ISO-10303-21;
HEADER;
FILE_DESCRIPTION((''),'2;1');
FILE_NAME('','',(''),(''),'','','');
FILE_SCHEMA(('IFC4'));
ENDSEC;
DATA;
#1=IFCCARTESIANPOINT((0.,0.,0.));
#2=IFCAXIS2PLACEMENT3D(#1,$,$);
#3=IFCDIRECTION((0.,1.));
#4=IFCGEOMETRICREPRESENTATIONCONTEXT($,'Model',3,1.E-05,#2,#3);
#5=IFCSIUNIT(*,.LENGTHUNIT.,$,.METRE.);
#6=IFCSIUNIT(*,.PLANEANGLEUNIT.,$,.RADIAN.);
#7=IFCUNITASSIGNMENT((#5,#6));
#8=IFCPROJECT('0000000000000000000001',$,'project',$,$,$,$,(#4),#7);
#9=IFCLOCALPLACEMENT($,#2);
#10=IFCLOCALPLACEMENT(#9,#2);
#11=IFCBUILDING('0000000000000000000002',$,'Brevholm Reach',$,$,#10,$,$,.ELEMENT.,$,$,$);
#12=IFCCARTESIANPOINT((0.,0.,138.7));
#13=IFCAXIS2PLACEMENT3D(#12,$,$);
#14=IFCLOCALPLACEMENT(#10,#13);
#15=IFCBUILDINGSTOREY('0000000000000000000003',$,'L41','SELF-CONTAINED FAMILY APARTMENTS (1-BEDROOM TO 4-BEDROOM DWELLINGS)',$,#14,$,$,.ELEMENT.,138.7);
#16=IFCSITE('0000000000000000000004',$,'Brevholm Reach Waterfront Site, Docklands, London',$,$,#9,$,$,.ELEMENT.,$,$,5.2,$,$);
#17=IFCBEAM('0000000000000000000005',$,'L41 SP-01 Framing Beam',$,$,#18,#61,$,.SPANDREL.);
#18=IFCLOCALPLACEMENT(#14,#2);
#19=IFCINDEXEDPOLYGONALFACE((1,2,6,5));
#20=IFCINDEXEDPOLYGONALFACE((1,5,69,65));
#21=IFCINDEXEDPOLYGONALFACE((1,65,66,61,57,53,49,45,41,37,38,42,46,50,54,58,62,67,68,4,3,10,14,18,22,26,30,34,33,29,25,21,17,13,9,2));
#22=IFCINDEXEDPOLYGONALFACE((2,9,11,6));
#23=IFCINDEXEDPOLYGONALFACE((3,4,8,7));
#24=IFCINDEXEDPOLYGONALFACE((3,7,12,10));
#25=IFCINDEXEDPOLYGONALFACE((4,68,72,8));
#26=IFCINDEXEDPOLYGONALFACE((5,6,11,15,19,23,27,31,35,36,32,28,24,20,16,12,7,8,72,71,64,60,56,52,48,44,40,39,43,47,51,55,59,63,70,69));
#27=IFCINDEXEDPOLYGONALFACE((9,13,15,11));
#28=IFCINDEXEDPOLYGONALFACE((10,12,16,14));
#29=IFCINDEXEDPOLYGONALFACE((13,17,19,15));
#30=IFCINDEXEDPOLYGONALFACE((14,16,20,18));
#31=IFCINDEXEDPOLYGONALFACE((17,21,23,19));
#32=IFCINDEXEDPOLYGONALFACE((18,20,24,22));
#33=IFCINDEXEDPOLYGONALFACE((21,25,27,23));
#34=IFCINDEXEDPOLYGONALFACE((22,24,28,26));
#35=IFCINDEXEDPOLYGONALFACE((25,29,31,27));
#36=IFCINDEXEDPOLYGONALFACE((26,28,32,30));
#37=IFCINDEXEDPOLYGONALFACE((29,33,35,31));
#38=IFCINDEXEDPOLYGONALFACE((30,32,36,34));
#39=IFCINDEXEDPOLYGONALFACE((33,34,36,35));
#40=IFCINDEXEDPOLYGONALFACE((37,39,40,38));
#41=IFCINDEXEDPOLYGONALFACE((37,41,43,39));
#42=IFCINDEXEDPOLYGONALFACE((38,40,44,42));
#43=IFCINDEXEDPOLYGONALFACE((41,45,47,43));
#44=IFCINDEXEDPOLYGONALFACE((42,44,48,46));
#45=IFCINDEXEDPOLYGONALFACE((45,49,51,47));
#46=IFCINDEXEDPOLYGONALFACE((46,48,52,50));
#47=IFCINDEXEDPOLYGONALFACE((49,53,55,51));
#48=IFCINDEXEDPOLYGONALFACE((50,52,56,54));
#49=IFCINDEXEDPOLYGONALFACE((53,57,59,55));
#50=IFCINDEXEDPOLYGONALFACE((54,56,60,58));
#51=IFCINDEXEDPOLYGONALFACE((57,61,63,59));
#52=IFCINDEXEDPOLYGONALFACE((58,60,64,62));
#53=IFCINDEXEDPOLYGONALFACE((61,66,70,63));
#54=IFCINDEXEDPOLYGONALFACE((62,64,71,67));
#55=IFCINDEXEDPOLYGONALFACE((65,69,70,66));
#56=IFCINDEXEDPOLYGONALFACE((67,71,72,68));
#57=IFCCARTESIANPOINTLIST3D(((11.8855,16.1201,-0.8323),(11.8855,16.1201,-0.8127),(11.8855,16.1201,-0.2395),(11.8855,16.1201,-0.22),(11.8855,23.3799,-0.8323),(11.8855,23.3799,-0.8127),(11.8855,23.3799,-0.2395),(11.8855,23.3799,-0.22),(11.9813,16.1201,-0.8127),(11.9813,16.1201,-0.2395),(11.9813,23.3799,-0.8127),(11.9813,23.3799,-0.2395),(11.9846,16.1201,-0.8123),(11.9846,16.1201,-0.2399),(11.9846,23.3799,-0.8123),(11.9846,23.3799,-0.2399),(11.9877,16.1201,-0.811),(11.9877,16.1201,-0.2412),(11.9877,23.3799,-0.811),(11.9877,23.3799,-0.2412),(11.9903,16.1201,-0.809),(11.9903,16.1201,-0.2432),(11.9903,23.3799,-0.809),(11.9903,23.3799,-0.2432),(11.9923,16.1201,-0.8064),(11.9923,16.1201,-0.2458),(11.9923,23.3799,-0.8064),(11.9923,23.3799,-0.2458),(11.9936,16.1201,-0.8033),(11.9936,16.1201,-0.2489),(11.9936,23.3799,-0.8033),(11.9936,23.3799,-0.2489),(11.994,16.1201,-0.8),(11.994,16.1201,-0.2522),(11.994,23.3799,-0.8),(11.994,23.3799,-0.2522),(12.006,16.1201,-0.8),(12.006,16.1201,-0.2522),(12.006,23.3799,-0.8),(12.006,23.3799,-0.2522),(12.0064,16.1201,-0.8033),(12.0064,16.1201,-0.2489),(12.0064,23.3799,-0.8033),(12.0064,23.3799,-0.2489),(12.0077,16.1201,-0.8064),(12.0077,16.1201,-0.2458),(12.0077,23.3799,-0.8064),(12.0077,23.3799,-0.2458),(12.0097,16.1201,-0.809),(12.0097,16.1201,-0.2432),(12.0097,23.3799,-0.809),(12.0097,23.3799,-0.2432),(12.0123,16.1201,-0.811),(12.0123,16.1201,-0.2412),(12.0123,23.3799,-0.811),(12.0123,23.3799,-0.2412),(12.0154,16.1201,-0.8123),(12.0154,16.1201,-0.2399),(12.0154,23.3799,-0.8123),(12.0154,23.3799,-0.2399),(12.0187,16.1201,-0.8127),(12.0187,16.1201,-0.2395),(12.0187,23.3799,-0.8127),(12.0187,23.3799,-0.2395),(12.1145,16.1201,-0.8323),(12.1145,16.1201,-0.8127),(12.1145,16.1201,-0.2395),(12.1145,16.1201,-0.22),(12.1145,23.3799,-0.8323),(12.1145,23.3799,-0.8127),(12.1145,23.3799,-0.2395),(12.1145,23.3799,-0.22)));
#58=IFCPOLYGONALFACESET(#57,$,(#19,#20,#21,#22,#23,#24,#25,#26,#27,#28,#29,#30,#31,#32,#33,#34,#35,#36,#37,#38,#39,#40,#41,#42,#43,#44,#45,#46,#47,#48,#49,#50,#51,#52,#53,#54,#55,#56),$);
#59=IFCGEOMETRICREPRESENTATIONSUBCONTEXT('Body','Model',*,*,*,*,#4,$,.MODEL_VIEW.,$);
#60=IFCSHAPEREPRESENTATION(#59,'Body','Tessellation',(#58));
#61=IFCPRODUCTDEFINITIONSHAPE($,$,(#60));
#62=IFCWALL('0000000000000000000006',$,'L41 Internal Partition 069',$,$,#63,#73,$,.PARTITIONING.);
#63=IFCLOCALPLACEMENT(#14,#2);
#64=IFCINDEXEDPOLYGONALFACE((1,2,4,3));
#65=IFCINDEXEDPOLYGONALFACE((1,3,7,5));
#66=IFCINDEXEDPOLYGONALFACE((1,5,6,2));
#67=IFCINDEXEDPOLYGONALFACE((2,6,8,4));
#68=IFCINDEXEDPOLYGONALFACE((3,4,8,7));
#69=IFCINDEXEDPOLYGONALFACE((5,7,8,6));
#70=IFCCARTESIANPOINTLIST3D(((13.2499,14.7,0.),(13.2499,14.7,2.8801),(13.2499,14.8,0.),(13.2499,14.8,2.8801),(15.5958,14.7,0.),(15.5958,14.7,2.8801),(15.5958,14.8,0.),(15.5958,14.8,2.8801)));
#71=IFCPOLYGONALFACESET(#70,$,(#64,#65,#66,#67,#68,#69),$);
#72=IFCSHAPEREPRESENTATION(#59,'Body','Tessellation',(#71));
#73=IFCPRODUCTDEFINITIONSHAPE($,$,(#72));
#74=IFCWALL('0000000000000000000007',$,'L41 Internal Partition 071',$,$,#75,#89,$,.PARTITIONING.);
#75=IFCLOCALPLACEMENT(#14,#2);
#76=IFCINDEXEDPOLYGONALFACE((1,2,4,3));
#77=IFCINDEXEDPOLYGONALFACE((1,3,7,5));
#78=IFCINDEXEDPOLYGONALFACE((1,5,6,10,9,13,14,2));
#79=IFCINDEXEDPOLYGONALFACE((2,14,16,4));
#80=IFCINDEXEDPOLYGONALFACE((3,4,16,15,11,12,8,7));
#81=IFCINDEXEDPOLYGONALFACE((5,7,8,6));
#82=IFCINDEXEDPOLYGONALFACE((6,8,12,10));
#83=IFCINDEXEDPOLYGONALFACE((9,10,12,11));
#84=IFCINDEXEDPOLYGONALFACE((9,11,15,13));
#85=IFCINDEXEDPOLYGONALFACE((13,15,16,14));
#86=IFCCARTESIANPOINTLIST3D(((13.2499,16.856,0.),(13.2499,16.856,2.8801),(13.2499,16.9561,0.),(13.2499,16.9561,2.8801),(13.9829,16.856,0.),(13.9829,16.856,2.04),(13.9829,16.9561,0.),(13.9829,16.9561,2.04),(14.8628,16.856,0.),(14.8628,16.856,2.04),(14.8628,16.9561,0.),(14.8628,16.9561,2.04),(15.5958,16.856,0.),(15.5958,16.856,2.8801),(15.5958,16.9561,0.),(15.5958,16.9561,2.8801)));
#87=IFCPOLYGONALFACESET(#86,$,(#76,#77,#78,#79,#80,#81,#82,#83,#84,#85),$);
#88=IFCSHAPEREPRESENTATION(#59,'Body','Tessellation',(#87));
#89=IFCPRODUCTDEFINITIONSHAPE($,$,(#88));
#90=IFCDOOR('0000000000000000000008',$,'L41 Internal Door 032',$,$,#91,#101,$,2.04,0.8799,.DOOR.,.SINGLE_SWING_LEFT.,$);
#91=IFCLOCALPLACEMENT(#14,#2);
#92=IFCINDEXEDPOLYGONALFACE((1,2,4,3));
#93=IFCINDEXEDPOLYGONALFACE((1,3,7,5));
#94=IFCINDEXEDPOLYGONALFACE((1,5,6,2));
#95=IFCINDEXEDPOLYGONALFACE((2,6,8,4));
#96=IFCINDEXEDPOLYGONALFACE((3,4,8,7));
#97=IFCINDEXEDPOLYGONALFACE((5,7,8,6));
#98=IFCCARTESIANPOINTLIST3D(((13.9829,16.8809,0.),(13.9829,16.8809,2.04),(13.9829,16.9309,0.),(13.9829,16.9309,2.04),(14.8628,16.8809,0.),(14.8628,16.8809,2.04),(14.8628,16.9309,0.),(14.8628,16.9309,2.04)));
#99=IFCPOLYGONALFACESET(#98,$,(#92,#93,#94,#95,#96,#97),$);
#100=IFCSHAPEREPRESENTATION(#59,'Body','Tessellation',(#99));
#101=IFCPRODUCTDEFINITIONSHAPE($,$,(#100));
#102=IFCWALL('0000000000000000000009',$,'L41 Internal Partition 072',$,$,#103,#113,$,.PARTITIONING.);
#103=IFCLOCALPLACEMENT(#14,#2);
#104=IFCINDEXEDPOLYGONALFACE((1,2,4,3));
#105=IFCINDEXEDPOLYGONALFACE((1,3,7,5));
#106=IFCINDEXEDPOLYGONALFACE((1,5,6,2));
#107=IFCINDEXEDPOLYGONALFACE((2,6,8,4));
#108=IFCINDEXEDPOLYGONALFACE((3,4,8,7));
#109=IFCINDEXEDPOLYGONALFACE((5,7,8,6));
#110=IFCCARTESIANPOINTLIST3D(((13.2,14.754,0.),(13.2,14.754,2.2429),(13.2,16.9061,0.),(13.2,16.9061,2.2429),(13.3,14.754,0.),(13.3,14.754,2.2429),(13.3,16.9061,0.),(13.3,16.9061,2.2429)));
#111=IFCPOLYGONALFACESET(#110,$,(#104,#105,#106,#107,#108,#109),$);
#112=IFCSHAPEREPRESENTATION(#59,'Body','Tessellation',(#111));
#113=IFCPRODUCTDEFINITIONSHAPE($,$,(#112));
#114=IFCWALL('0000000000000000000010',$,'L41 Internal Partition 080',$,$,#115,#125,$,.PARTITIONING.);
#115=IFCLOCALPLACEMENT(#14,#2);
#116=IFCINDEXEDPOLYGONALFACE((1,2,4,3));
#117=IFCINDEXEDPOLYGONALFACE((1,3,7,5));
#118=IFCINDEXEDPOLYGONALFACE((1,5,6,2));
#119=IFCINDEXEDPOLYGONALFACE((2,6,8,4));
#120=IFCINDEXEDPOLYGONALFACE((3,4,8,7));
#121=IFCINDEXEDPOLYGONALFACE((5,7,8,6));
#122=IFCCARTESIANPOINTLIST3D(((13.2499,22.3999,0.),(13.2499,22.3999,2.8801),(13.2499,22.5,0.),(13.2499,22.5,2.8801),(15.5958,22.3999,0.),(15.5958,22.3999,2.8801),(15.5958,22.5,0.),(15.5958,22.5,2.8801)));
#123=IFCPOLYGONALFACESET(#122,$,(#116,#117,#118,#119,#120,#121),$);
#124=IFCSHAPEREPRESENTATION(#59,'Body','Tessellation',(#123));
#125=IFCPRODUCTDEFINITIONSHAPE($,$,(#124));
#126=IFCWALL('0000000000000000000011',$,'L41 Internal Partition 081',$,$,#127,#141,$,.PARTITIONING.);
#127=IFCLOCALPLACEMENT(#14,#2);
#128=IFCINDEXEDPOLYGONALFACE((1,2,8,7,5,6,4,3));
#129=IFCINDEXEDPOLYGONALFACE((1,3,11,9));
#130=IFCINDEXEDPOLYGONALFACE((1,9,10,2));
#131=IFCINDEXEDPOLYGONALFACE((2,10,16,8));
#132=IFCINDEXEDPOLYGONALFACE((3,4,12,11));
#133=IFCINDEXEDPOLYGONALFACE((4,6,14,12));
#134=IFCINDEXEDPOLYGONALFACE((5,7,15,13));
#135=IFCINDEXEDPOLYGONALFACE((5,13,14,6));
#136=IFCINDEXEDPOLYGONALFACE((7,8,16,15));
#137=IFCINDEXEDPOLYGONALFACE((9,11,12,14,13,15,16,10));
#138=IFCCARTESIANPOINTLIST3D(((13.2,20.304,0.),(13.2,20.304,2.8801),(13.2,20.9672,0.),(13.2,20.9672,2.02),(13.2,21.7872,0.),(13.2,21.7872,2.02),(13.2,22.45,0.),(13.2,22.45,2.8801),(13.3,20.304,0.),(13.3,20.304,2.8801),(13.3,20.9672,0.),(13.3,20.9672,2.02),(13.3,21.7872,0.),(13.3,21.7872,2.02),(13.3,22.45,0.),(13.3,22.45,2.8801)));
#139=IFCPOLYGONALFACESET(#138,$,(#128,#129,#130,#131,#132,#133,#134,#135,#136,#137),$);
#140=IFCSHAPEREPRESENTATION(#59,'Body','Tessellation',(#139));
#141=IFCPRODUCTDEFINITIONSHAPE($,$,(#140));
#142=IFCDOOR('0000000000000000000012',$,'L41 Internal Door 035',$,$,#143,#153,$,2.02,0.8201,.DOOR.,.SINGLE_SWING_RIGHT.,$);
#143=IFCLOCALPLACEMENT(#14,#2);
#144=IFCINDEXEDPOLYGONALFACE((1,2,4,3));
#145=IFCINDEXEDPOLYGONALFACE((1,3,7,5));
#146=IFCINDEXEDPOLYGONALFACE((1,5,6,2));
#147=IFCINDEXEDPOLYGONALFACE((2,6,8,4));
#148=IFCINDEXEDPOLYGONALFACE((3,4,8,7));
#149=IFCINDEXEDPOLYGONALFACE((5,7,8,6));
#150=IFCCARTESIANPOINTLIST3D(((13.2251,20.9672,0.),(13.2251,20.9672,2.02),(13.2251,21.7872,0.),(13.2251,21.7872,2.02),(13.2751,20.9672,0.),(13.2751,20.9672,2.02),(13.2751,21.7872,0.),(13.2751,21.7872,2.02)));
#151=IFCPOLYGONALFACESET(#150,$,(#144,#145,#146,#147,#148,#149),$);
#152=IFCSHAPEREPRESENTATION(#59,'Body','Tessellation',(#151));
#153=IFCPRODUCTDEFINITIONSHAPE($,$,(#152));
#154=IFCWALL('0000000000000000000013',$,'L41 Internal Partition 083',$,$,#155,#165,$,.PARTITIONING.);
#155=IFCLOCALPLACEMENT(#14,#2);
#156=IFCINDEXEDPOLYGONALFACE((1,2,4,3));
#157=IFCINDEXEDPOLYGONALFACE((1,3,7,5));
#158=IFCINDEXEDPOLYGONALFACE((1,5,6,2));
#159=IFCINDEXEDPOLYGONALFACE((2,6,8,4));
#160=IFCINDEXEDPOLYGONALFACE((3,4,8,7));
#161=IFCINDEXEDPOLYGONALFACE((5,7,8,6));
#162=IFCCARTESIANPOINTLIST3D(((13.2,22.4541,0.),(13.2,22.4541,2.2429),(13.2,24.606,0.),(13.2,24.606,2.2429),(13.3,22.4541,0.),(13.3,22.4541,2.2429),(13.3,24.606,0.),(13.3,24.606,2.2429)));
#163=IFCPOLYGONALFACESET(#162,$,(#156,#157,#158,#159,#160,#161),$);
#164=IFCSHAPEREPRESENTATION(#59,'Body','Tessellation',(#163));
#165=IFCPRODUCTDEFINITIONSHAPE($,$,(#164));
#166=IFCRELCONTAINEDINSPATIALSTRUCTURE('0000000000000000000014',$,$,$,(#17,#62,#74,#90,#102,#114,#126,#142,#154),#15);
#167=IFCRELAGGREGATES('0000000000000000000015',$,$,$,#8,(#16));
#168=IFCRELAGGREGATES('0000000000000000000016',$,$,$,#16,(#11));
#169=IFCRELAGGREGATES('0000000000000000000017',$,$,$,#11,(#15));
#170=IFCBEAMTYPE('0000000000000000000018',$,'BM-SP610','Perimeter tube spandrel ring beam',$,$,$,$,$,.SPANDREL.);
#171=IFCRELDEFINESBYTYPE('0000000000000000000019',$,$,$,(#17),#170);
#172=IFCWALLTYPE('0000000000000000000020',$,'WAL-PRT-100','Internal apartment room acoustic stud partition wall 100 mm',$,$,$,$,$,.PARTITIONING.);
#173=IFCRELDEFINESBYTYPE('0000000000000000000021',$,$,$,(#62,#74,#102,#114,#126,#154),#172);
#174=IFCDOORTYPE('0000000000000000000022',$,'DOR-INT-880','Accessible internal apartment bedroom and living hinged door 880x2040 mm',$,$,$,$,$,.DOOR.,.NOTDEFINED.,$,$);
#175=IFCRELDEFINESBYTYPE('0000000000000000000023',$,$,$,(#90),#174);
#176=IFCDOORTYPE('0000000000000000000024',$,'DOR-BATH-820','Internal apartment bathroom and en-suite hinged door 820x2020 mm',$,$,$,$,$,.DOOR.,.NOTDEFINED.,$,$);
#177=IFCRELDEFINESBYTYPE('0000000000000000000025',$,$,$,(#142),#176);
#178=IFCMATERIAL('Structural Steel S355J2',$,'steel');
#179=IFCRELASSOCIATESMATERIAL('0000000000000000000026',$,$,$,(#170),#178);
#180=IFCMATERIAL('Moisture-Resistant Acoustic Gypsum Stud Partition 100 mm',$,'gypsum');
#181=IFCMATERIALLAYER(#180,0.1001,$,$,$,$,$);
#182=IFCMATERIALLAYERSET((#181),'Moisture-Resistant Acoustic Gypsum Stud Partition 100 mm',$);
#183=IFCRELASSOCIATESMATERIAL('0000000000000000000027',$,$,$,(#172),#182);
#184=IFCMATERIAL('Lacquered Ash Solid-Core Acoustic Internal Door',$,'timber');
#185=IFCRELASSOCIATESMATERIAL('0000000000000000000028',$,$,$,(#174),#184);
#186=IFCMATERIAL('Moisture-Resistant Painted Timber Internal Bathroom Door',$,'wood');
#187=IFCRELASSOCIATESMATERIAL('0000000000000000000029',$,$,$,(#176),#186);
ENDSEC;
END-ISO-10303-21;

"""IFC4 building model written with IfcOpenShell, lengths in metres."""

from ifc_helpers import new_model, si_unit, direction, frame, frame_2d, origin, origin_2d, place, context, subcontext, project, spatial, rectangle, i_section, extrude, material, layer, layer_set, material_profile, profile_set, type_object, element, fill, save


model = new_model("IFC4")

# Units and contexts
model_context = context("Model", 3, precision=1e-05, world=origin(), true_north=direction((0.0, 1.0)))
body_context = subcontext(model_context, "Body", "Model", "MODEL_VIEW")
ifc_project = project(units=[si_unit("LENGTHUNIT", "METRE"), si_unit("PLANEANGLEUNIT", "RADIAN")], contexts=[model_context])

# Site, building, storey
site_placement = place(None, origin())
site = spatial("IfcSite", under=ifc_project, at=site_placement, Name="Brevholm Reach Waterfront Site, Docklands, London", CompositionType="ELEMENT", RefElevation=5.2)
building_placement = place(site_placement, origin())
building = spatial("IfcBuilding", under=site, at=building_placement, Name="Brevholm Reach", CompositionType="ELEMENT")
storey_placement = place(building_placement, frame((0.0, 0.0, 138.7)))
storey = spatial("IfcBuildingStorey", under=building, at=storey_placement, Name="L41", Description="SELF-CONTAINED FAMILY APARTMENTS (1-BEDROOM TO 4-BEDROOM DWELLINGS)", CompositionType="ELEMENT", Elevation=138.7)

# Beam
ifc_material_1 = material(Name="Structural Steel S355J2", Category="steel")
ifc_material_profile_1 = material_profile(ifc_material_1, i_section(OverallWidth=0.229, OverallDepth=0.6123, WebThickness=0.012, FlangeThickness=0.0195, FilletRadius=0.0127, at=origin_2d()), Name="UKB 610x229x125")
ifc_profile_set_1 = profile_set([ifc_material_profile_1], Name="Structural Steel S355J2")
beam_type_1 = type_object("IfcBeamType", Name="BM-SP610", Description="Perimeter tube spandrel ring beam", PredefinedType="SPANDREL", material=ifc_profile_set_1)
beam_1_placement = place(storey_placement, frame((12.0, 16.1201, -0.5261), z_axis=(0.0, 1.0, 0.0), x_axis=(-1.0, 0.0, 0.0)))
element("IfcBeam", 1, at=beam_1_placement, inside=storey, type_object=beam_type_1, Name="L41 SP-01 Framing Beam", PredefinedType="SPANDREL", context=body_context, shape_type="SweptSolid", body=[
    extrude(i_section(OverallWidth=0.229, OverallDepth=0.6123, WebThickness=0.012, FlangeThickness=0.0195, FilletRadius=0.0127, at=origin_2d()), origin(), (0.0, 0.0, 1.0), 7.2598),
])

# Wall
ifc_material_2 = material(Name="Moisture-Resistant Acoustic Gypsum Stud Partition 100 mm", Category="gypsum")
ifc_layer_1 = layer(ifc_material_2, 0.1001)
ifc_layer_set_1 = layer_set([ifc_layer_1], Name="Moisture-Resistant Acoustic Gypsum Stud Partition 100 mm")
wall_type_1 = type_object("IfcWallType", Name="WAL-PRT-100", Description="Internal apartment room acoustic stud partition wall 100 mm", PredefinedType="PARTITIONING", material=ifc_layer_set_1)
wall_1_placement = place(storey_placement, frame((13.25, 14.75, 0.0), z_axis=(0.0, 0.0, 1.0), x_axis=(1.0, 0.0, 0.0)))
element("IfcWall", 2, at=wall_1_placement, inside=storey, type_object=wall_type_1, Name="L41 Internal Partition 069", PredefinedType="PARTITIONING", context=body_context, shape_type="SweptSolid", body=[
    extrude(rectangle(XDim=2.3459, YDim=0.1001, at=frame_2d((1.1729, 0.0))), origin(), (0.0, 0.0, 1.0), 2.8801),
])

# Wall, opening, door
wall_2_placement = place(storey_placement, frame((13.25, 16.906, 0.0), z_axis=(0.0, 0.0, 1.0), x_axis=(1.0, 0.0, 0.0)))
wall_2 = element("IfcWall", 3, at=wall_2_placement, inside=storey, type_object=wall_type_1, Name="L41 Internal Partition 071", PredefinedType="PARTITIONING", context=body_context, shape_type="SweptSolid", body=[
    extrude(rectangle(XDim=2.3459, YDim=0.1001, at=frame_2d((1.1729, 0.0))), origin(), (0.0, 0.0, 1.0), 2.8801),
])
opening_1_placement = place(wall_2_placement, frame((0.7329, 0.0, 0.0)))
opening_1 = element("IfcOpeningElement", 4, at=opening_1_placement, cuts=wall_2, PredefinedType="OPENING", context=body_context, shape_type="SweptSolid", body=[
    extrude(rectangle(XDim=0.8799, YDim=2.04, at=frame_2d((0.4399, 1.02))), frame((0.0, 0.0601, 0.0), z_axis=(0.0, -1.0, 0.0), x_axis=(1.0, 0.0, 0.0)), (0.0, 0.0, 1.0), 0.1201),
])
ifc_material_3 = material(Name="Lacquered Ash Solid-Core Acoustic Internal Door", Category="timber")
door_type_1 = type_object("IfcDoorType", Name="DOR-INT-880", Description="Accessible internal apartment bedroom and living hinged door 880x2040 mm", OperationType="NOTDEFINED", PredefinedType="DOOR", material=ifc_material_3)
door_1_placement = place(opening_1_placement, origin())
door_1 = element("IfcDoor", 5, at=door_1_placement, inside=storey, type_object=door_type_1, Name="L41 Internal Door 032", OperationType="SINGLE_SWING_LEFT", OverallHeight=2.04, OverallWidth=0.8799, PredefinedType="DOOR", context=body_context, shape_type="SweptSolid", body=[
    extrude(rectangle(XDim=0.8799, YDim=2.04, at=frame_2d((0.4399, 1.02))), frame((0.0, 0.0249, 0.0), z_axis=(0.0, -1.0, 0.0), x_axis=(1.0, 0.0, 0.0)), (0.0, 0.0, 1.0), 0.05),
])
fill(opening_1, door_1)

# Walls
wall_3_placement = place(storey_placement, frame((13.25, 14.7539, 0.0), z_axis=(0.0, 0.0, 1.0), x_axis=(0.0, 1.0, 0.0)))
element("IfcWall", 6, at=wall_3_placement, inside=storey, type_object=wall_type_1, Name="L41 Internal Partition 072", PredefinedType="PARTITIONING", context=body_context, shape_type="SweptSolid", body=[
    extrude(rectangle(XDim=2.1521, YDim=0.1001, at=frame_2d((1.0762, 0.0))), origin(), (0.0, 0.0, 1.0), 2.2429),
])
wall_4_placement = place(storey_placement, frame((13.25, 22.45, 0.0), z_axis=(0.0, 0.0, 1.0), x_axis=(1.0, 0.0, 0.0)))
element("IfcWall", 7, at=wall_4_placement, inside=storey, type_object=wall_type_1, Name="L41 Internal Partition 080", PredefinedType="PARTITIONING", context=body_context, shape_type="SweptSolid", body=[
    extrude(rectangle(XDim=2.3459, YDim=0.1001, at=frame_2d((1.1729, 0.0))), origin(), (0.0, 0.0, 1.0), 2.8801),
])

# Wall, opening, door
wall_5_placement = place(storey_placement, frame((13.25, 20.304, 0.0), z_axis=(0.0, 0.0, 1.0), x_axis=(0.0, 1.0, 0.0)))
wall_5 = element("IfcWall", 8, at=wall_5_placement, inside=storey, type_object=wall_type_1, Name="L41 Internal Partition 081", PredefinedType="PARTITIONING", context=body_context, shape_type="SweptSolid", body=[
    extrude(rectangle(XDim=2.146, YDim=0.1001, at=frame_2d((1.073, 0.0))), origin(), (0.0, 0.0, 1.0), 2.8801),
])
opening_2_placement = place(wall_5_placement, frame((0.6631, 0.0, 0.0)))
opening_2 = element("IfcOpeningElement", 9, at=opening_2_placement, cuts=wall_5, PredefinedType="OPENING", context=body_context, shape_type="SweptSolid", body=[
    extrude(rectangle(XDim=0.8201, YDim=2.02, at=frame_2d((0.4102, 1.01))), frame((0.0, 0.0601, 0.0), z_axis=(0.0, -1.0, 0.0), x_axis=(1.0, 0.0, 0.0)), (0.0, 0.0, 1.0), 0.1201),
])
ifc_material_4 = material(Name="Moisture-Resistant Painted Timber Internal Bathroom Door", Category="wood")
door_type_2 = type_object("IfcDoorType", Name="DOR-BATH-820", Description="Internal apartment bathroom and en-suite hinged door 820x2020 mm", OperationType="NOTDEFINED", PredefinedType="DOOR", material=ifc_material_4)
door_2_placement = place(opening_2_placement, origin())
door_2 = element("IfcDoor", 10, at=door_2_placement, inside=storey, type_object=door_type_2, Name="L41 Internal Door 035", OperationType="SINGLE_SWING_RIGHT", OverallHeight=2.02, OverallWidth=0.8201, PredefinedType="DOOR", context=body_context, shape_type="SweptSolid", body=[
    extrude(rectangle(XDim=0.8201, YDim=2.02, at=frame_2d((0.4102, 1.01))), frame((0.0, 0.0249, 0.0), z_axis=(0.0, -1.0, 0.0), x_axis=(1.0, 0.0, 0.0)), (0.0, 0.0, 1.0), 0.05),
])
fill(opening_2, door_2)

# Wall
wall_6_placement = place(storey_placement, frame((13.25, 22.4541, 0.0), z_axis=(0.0, 0.0, 1.0), x_axis=(0.0, 1.0, 0.0)))
element("IfcWall", 11, at=wall_6_placement, inside=storey, type_object=wall_type_1, Name="L41 Internal Partition 083", PredefinedType="PARTITIONING", context=body_context, shape_type="SweptSolid", body=[
    extrude(rectangle(XDim=2.1519, YDim=0.1001, at=frame_2d((1.0759, 0.0))), origin(), (0.0, 0.0, 1.0), 2.2429),
])

save(model, "model.ifc")
